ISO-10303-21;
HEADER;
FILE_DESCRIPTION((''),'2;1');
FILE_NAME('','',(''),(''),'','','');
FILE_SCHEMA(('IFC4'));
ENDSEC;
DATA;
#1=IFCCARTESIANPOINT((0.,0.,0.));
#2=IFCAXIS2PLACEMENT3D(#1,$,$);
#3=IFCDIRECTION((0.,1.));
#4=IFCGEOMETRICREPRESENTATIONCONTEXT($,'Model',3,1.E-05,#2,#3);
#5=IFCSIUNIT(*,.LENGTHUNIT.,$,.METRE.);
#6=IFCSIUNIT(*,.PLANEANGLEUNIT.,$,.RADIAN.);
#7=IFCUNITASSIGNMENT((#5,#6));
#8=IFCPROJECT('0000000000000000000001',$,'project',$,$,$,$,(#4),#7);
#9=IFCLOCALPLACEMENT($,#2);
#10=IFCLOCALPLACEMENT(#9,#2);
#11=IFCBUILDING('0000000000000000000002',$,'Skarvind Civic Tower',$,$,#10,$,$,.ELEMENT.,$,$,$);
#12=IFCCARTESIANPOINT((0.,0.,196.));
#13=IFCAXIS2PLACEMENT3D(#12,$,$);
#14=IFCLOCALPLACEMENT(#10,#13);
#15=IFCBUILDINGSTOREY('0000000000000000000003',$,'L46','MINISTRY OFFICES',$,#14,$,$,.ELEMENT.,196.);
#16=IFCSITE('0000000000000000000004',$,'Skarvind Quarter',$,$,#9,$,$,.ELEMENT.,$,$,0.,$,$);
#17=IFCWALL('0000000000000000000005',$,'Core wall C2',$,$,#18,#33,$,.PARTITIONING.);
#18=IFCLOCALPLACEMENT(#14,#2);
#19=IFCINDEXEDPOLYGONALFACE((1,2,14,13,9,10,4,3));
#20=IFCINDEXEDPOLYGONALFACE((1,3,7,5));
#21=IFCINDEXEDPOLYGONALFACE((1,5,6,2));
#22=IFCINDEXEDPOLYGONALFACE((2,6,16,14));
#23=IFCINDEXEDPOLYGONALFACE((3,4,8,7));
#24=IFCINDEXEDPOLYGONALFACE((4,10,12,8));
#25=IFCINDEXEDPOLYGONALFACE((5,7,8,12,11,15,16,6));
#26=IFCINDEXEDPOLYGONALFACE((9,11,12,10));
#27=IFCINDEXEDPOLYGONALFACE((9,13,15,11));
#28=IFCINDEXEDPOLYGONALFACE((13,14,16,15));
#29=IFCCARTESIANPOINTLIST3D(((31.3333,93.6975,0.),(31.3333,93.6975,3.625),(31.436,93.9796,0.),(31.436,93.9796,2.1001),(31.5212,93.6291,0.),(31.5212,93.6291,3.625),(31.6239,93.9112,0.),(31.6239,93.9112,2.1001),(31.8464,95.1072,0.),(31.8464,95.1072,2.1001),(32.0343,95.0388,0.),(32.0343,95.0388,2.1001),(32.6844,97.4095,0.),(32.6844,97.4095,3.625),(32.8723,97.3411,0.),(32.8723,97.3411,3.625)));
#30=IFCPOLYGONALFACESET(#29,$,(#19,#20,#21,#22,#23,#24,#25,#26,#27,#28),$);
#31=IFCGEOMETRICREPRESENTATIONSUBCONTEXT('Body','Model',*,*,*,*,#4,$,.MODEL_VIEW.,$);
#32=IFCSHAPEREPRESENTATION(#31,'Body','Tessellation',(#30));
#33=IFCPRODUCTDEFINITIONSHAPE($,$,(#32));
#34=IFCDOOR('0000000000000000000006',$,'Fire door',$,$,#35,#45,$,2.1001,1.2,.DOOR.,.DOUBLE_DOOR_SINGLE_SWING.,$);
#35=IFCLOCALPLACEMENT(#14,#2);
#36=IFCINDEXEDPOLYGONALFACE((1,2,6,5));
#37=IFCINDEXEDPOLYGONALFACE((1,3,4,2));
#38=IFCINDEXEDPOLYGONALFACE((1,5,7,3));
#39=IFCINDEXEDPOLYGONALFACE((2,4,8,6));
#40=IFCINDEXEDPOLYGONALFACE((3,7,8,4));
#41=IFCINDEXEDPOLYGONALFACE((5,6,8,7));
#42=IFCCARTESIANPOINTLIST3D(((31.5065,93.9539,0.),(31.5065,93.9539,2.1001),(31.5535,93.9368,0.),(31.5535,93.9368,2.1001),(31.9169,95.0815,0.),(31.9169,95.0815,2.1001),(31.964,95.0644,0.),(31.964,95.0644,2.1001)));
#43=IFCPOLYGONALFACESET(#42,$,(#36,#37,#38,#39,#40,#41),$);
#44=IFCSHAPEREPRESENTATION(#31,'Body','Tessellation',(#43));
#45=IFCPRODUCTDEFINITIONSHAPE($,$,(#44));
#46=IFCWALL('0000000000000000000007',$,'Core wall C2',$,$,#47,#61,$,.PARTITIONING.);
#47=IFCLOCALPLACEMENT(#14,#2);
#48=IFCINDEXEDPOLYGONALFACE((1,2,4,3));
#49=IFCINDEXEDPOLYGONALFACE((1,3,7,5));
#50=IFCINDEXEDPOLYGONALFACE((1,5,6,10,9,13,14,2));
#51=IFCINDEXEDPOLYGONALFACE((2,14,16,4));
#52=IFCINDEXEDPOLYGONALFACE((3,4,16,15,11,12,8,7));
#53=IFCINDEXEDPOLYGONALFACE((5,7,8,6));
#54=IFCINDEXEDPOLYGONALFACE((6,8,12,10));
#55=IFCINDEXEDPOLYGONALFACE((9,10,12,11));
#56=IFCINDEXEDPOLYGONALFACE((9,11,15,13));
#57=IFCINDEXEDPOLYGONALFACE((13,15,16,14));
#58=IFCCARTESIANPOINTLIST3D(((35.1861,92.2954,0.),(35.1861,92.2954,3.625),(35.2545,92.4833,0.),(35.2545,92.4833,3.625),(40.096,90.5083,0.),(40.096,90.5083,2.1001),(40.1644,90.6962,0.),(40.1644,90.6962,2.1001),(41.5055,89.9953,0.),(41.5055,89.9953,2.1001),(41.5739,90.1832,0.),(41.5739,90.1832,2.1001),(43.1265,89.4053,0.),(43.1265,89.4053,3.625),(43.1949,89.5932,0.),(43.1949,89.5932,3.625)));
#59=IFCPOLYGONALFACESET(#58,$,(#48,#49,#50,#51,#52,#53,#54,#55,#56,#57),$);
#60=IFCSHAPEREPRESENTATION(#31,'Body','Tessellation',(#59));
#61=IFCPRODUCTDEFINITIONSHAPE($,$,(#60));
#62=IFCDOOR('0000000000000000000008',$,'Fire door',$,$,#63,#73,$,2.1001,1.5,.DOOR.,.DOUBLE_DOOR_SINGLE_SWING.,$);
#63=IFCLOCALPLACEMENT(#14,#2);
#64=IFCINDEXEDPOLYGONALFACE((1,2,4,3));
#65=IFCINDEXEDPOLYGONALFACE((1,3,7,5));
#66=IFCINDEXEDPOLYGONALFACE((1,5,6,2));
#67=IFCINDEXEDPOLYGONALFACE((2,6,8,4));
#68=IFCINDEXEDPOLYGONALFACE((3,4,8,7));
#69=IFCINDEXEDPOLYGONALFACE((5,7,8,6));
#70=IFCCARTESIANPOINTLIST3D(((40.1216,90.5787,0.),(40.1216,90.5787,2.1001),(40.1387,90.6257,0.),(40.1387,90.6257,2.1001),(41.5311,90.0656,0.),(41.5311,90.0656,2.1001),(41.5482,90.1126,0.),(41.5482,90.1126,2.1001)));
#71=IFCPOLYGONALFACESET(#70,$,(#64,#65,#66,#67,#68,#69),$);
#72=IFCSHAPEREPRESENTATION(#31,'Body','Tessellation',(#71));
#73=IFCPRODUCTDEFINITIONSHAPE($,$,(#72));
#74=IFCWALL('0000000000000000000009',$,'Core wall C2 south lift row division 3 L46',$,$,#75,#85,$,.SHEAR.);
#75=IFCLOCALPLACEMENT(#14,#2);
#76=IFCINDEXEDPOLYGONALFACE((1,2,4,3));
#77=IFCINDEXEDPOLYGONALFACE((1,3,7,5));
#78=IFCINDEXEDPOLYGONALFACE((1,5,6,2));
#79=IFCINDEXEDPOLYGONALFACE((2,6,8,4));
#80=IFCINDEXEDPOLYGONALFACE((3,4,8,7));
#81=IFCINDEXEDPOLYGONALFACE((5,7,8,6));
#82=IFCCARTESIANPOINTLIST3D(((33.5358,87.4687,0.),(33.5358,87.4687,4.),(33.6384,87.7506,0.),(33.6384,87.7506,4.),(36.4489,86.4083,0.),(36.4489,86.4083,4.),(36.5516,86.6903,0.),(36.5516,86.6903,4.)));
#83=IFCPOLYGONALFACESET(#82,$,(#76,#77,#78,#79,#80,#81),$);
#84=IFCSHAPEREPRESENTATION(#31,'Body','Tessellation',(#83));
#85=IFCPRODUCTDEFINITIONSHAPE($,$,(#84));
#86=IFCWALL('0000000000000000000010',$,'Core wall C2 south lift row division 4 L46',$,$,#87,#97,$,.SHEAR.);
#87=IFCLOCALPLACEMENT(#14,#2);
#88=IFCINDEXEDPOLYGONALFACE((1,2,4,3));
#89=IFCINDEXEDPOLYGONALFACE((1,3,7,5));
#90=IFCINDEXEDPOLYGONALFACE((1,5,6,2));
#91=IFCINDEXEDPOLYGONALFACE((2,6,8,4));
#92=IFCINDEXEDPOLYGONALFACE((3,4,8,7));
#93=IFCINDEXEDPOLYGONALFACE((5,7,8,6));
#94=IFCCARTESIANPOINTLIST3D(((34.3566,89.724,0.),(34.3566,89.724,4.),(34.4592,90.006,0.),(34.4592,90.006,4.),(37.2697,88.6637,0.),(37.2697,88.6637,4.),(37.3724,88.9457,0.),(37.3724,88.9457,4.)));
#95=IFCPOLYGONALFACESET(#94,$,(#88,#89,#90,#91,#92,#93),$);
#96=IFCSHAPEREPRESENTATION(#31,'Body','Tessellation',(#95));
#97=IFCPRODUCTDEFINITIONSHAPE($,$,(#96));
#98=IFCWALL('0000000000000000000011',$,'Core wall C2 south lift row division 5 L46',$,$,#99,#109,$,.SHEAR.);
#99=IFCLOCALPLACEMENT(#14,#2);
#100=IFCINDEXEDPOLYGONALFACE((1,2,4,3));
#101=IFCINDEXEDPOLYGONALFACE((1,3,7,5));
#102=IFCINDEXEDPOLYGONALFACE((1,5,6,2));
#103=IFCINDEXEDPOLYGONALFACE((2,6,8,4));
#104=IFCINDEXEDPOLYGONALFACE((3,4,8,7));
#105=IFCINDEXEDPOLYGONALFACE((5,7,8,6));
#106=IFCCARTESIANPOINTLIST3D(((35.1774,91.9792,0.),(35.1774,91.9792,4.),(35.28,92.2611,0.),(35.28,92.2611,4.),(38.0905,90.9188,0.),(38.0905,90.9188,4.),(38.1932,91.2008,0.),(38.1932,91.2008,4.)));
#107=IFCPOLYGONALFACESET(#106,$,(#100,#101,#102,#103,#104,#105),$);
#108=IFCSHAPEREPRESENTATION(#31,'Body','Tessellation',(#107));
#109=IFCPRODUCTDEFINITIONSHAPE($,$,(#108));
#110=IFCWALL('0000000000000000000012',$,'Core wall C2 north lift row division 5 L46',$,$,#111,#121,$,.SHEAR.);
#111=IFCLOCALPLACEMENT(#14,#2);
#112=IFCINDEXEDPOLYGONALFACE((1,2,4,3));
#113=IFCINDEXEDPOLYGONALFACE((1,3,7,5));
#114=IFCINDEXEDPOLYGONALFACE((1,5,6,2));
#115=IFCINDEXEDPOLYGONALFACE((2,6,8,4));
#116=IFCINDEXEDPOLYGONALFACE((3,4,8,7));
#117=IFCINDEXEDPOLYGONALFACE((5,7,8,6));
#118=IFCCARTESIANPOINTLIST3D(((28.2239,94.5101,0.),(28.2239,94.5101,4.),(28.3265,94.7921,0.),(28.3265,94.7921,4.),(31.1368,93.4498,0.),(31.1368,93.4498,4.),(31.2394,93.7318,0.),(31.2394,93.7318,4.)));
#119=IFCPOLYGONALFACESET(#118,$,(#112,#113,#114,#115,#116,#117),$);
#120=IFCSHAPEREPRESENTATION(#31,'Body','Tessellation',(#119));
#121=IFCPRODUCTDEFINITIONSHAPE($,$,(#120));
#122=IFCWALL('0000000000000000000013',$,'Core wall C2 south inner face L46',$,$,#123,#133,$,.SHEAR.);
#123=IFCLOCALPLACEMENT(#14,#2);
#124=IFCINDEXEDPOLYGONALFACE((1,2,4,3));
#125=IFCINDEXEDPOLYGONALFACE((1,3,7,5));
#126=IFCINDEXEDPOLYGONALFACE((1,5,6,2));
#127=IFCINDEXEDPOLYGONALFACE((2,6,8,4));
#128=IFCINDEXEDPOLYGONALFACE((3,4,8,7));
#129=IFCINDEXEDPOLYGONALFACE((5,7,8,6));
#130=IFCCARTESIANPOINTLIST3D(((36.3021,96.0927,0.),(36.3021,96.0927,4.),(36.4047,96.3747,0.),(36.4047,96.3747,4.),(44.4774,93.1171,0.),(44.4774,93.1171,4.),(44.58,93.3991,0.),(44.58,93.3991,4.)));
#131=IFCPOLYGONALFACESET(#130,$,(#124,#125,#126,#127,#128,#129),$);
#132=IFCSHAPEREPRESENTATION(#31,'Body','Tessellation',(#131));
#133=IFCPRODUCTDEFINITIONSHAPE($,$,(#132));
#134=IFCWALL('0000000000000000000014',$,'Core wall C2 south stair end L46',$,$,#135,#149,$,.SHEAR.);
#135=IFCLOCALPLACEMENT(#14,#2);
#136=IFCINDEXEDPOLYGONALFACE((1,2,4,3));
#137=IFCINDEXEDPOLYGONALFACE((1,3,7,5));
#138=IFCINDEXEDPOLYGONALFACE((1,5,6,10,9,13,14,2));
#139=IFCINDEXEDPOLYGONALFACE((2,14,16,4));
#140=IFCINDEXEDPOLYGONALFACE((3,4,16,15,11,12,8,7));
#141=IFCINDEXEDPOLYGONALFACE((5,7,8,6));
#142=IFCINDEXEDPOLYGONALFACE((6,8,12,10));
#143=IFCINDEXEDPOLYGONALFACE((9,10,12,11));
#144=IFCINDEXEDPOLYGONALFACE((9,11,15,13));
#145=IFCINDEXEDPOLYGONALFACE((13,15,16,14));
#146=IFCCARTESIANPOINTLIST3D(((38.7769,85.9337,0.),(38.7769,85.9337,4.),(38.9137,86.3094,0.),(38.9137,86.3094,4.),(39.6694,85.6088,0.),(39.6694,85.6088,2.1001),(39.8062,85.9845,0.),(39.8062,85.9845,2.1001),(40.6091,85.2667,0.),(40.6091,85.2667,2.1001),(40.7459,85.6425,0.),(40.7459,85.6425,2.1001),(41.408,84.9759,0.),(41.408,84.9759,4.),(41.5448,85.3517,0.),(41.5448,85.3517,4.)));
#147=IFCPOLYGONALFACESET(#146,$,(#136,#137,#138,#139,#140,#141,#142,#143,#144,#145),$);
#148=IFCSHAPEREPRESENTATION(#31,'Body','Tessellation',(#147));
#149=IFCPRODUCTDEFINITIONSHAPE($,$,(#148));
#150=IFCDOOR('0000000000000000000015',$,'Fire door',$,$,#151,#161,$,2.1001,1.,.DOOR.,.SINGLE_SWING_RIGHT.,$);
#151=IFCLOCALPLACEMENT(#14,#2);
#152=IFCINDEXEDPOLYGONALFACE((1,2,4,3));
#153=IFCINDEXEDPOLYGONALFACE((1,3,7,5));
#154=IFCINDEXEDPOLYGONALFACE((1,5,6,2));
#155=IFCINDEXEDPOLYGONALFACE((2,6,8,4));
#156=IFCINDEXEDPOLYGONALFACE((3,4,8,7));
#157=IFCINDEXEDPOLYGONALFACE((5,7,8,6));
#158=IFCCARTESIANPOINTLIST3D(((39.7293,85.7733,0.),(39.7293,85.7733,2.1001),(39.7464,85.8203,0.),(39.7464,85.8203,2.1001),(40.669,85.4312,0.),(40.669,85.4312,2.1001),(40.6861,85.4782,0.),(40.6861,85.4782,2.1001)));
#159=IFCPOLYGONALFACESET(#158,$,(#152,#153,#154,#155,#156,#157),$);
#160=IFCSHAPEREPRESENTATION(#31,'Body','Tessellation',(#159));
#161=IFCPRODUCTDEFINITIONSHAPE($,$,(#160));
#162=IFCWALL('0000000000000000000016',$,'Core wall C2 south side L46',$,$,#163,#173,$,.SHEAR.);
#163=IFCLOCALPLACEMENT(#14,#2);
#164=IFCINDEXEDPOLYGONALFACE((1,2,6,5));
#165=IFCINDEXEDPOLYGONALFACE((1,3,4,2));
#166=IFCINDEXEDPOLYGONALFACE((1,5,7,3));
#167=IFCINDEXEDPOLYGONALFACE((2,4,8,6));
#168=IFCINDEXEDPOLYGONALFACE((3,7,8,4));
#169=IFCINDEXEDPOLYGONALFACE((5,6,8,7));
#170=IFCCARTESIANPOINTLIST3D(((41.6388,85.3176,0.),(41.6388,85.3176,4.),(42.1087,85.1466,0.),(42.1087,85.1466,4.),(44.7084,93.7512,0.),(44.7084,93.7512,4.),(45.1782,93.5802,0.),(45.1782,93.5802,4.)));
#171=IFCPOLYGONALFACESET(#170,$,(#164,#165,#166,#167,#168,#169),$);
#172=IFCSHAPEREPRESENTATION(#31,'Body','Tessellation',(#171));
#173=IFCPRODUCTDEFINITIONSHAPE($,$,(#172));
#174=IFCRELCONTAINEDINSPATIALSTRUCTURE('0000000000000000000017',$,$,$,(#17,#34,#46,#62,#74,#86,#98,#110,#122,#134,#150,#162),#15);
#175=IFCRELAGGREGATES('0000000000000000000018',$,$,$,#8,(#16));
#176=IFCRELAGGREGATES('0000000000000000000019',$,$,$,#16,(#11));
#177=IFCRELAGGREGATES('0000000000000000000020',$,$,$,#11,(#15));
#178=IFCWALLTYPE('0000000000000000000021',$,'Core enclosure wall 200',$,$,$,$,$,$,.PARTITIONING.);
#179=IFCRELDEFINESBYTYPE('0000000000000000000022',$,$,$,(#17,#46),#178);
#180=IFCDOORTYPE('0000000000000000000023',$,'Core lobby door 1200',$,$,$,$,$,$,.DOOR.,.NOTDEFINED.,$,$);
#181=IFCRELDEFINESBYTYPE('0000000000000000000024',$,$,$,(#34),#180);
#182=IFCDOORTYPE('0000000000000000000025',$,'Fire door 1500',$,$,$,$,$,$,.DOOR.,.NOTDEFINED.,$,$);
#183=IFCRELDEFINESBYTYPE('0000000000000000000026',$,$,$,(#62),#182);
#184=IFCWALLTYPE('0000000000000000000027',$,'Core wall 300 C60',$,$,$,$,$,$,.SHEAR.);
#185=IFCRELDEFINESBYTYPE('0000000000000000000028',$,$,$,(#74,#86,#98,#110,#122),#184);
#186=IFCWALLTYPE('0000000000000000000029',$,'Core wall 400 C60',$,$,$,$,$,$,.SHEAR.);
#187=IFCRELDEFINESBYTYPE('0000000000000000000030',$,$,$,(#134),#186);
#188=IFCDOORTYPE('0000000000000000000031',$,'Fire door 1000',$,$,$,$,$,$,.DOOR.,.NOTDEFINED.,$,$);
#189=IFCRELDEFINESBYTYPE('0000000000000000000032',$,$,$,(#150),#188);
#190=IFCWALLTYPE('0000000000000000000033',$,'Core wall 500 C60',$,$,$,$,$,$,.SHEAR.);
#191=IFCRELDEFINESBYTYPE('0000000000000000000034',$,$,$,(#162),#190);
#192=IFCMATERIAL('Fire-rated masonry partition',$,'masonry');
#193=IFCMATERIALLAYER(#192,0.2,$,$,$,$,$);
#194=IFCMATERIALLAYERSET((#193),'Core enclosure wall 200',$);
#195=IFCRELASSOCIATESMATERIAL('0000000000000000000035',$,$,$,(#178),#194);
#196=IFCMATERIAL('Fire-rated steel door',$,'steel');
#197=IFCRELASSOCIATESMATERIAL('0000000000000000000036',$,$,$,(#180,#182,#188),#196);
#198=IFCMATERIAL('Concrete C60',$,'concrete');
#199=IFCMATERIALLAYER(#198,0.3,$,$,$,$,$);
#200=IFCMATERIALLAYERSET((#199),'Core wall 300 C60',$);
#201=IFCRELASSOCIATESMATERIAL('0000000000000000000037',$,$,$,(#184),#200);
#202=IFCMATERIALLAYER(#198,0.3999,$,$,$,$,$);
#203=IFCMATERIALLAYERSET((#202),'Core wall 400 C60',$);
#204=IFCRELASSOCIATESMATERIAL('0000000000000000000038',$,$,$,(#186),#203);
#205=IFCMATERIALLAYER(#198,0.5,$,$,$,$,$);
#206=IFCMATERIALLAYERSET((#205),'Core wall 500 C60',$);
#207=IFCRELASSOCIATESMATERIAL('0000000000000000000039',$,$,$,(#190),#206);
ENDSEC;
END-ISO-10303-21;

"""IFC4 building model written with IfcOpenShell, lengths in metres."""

from ifc_helpers import new_model, si_unit, direction, frame, frame_2d, origin, place, context, subcontext, project, spatial, rectangle, extrude, material, layer, layer_set, type_object, element, fill, save


model = new_model("IFC4")

# Units and contexts
model_context = context("Model", 3, precision=1e-05, world=origin(), true_north=direction((0.0, 1.0)))
body_context = subcontext(model_context, "Body", "Model", "MODEL_VIEW")
ifc_project = project(units=[si_unit("LENGTHUNIT", "METRE"), si_unit("PLANEANGLEUNIT", "RADIAN")], contexts=[model_context])

# Site, building, storey
site_placement = place(None, origin())
site = spatial("IfcSite", under=ifc_project, at=site_placement, Name="Skarvind Quarter", CompositionType="ELEMENT", RefElevation=0.0)
building_placement = place(site_placement, origin())
building = spatial("IfcBuilding", under=site, at=building_placement, Name="Skarvind Civic Tower", CompositionType="ELEMENT")
storey_placement = place(building_placement, frame((0.0, 0.0, 196.0)))
storey = spatial("IfcBuildingStorey", under=building, at=storey_placement, Name="L46", Description="MINISTRY OFFICES", CompositionType="ELEMENT", Elevation=196.0)

# Walls, openings, doors
ifc_material_1 = material(Name="Fire-rated masonry partition", Category="masonry")
ifc_layer_1 = layer(ifc_material_1, 0.2)
ifc_layer_set_1 = layer_set([ifc_layer_1], Name="Core enclosure wall 200")
wall_type_1 = type_object("IfcWallType", Name="Core enclosure wall 200", PredefinedType="PARTITIONING", material=ifc_layer_set_1)
wall_1_placement = place(storey_placement, frame((31.4272, 93.6633, 0.0), z_axis=(0.0, 0.0, 1.0), x_axis=(0.342031, 0.939689, 0.0)))
wall_1 = element("IfcWall", 1, at=wall_1_placement, inside=storey, type_object=wall_type_1, Name="Core wall C2", PredefinedType="PARTITIONING", context=body_context, shape_type="SweptSolid", body=[
    extrude(rectangle(XDim=3.9502, YDim=0.2, at=frame_2d((1.9751, 0.0))), origin(), (0.0, 0.0, 1.0), 3.625),
])
opening_1_placement = place(wall_1_placement, frame((0.3, 0.0, 0.0)))
opening_1 = element("IfcOpeningElement", 2, at=opening_1_placement, cuts=wall_1, PredefinedType="OPENING", context=body_context, shape_type="SweptSolid", body=[
    extrude(rectangle(XDim=1.2, YDim=2.1001, at=frame_2d((0.6001, 1.05))), frame((0.0, 0.1099, 0.0), z_axis=(0.0, -1.0, 0.0), x_axis=(1.0, 0.0, 0.0)), (0.0, 0.0, 1.0), 0.22),
])
ifc_material_2 = material(Name="Fire-rated steel door", Category="steel")
door_type_1 = type_object("IfcDoorType", Name="Core lobby door 1200", OperationType="NOTDEFINED", PredefinedType="DOOR", material=ifc_material_2)
door_1_placement = place(opening_1_placement, origin())
door_1 = element("IfcDoor", 3, at=door_1_placement, inside=storey, type_object=door_type_1, Name="Fire door", OperationType="DOUBLE_DOOR_SINGLE_SWING", OverallHeight=2.1001, OverallWidth=1.2, PredefinedType="DOOR", context=body_context, shape_type="SweptSolid", body=[
    extrude(rectangle(XDim=1.2, YDim=2.1001, at=frame_2d((0.6001, 1.05))), frame((0.0, 0.0249, 0.0), z_axis=(0.0, -1.0, 0.0), x_axis=(1.0, 0.0, 0.0)), (0.0, 0.0, 1.0), 0.05),
])
fill(opening_1, door_1)
wall_2_placement = place(storey_placement, frame((35.2202, 92.3894, 0.0), z_axis=(0.0, 0.0, 1.0), x_axis=(0.93969, -0.342026, 0.0)))
wall_2 = element("IfcWall", 4, at=wall_2_placement, inside=storey, type_object=wall_type_1, Name="Core wall C2", PredefinedType="PARTITIONING", context=body_context, shape_type="SweptSolid", body=[
    extrude(rectangle(XDim=8.45, YDim=0.2, at=frame_2d((4.2251, 0.0))), origin(), (0.0, 0.0, 1.0), 3.625),
])
opening_2_placement = place(wall_2_placement, frame((5.2251, 0.0, 0.0)))
opening_2 = element("IfcOpeningElement", 5, at=opening_2_placement, cuts=wall_2, PredefinedType="OPENING", context=body_context, shape_type="SweptSolid", body=[
    extrude(rectangle(XDim=1.5, YDim=2.1001, at=frame_2d((0.75, 1.05))), frame((0.0, 0.1099, 0.0), z_axis=(0.0, -1.0, 0.0), x_axis=(1.0, 0.0, 0.0)), (0.0, 0.0, 1.0), 0.22),
])
door_type_2 = type_object("IfcDoorType", Name="Fire door 1500", OperationType="NOTDEFINED", PredefinedType="DOOR", material=ifc_material_2)
door_2_placement = place(opening_2_placement, origin())
door_2 = element("IfcDoor", 6, at=door_2_placement, inside=storey, type_object=door_type_2, Name="Fire door", OperationType="DOUBLE_DOOR_SINGLE_SWING", OverallHeight=2.1001, OverallWidth=1.5, PredefinedType="DOOR", context=body_context, shape_type="SweptSolid", body=[
    extrude(rectangle(XDim=1.5, YDim=2.1001, at=frame_2d((0.75, 1.05))), frame((0.0, 0.0249, 0.0), z_axis=(0.0, -1.0, 0.0), x_axis=(1.0, 0.0, 0.0)), (0.0, 0.0, 1.0), 0.05),
])
fill(opening_2, door_2)

# Walls
ifc_material_3 = material(Name="Concrete C60", Category="concrete")
ifc_layer_2 = layer(ifc_material_3, 0.3)
ifc_layer_set_2 = layer_set([ifc_layer_2], Name="Core wall 300 C60")
wall_type_2 = type_object("IfcWallType", Name="Core wall 300 C60", PredefinedType="SHEAR", material=ifc_layer_set_2)
for number, where, z_axis, x_axis, name in (
    (7, (36.5002, 86.5493, 0.0), (0.0, 0.0, 1.0), (-0.93969, 0.342028, 0.0), "Core wall C2 south lift row division 3 L46"),
    (8, (37.321, 88.8047, 0.0), (0.0, 0.0, 1.0), (-0.93969, 0.342028, 0.0), "Core wall C2 south lift row division 4 L46"),
    (9, (38.1418, 91.0598, 0.0), (0.0, 0.0, 1.0), (-0.93969, 0.342028, 0.0), "Core wall C2 south lift row division 5 L46"),
):
    element("IfcWall", number, at=place(storey_placement, frame(where, z_axis=z_axis, x_axis=x_axis)), inside=storey, type_object=wall_type_2, Name=name, PredefinedType="SHEAR", context=body_context, shape_type="SweptSolid", body=[
        extrude(rectangle(XDim=3.1001, YDim=0.3, at=frame_2d((1.55, 0.0))), origin(), (0.0, 0.0, 1.0), 4.0),
    ])
wall_3_placement = place(storey_placement, frame((31.188, 93.5908, 0.0), z_axis=(0.0, 0.0, 1.0), x_axis=(-0.939681, 0.342053, 0.0)))
element("IfcWall", 10, at=wall_3_placement, inside=storey, type_object=wall_type_2, Name="Core wall C2 north lift row division 5 L46", PredefinedType="SHEAR", context=body_context, shape_type="SweptSolid", body=[
    extrude(rectangle(XDim=3.0999, YDim=0.3, at=frame_2d((1.5498, 0.0))), origin(), (0.0, 0.0, 1.0), 4.0),
])
wall_4_placement = place(storey_placement, frame((44.5288, 93.2581, 0.0), z_axis=(0.0, 0.0, 1.0), x_axis=(-0.939692, 0.342022, 0.0)))
element("IfcWall", 11, at=wall_4_placement, inside=storey, type_object=wall_type_2, Name="Core wall C2 south inner face L46", PredefinedType="SHEAR", context=body_context, shape_type="SweptSolid", body=[
    extrude(rectangle(XDim=8.7, YDim=0.3, at=frame_2d((4.3501, 0.0))), origin(), (0.0, 0.0, 1.0), 4.0),
])

# Wall, opening, door
ifc_layer_3 = layer(ifc_material_3, 0.3999)
ifc_layer_set_3 = layer_set([ifc_layer_3], Name="Core wall 400 C60")
wall_type_3 = type_object("IfcWallType", Name="Core wall 400 C60", PredefinedType="SHEAR", material=ifc_layer_set_3)
wall_5_placement = place(storey_placement, frame((41.4763, 85.1638, 0.0), z_axis=(0.0, 0.0, 1.0), x_axis=(-0.939679, 0.342058, 0.0)))
wall_5 = element("IfcWall", 12, at=wall_5_placement, inside=storey, type_object=wall_type_3, Name="Core wall C2 south stair end L46", PredefinedType="SHEAR", context=body_context, shape_type="SweptSolid", body=[
    extrude(rectangle(XDim=2.8, YDim=0.3999, at=frame_2d((1.3999, 0.0))), origin(), (0.0, 0.0, 1.0), 4.0),
])
opening_3_placement = place(wall_5_placement, frame((0.8501, 0.0, 0.0)))
opening_3 = element("IfcOpeningElement", 13, at=opening_3_placement, cuts=wall_5, PredefinedType="OPENING", context=body_context, shape_type="SweptSolid", body=[
    extrude(rectangle(XDim=1.0, YDim=2.1001, at=frame_2d((0.5, 1.05))), frame((0.0, 0.21, 0.0), z_axis=(0.0, -1.0, 0.0), x_axis=(1.0, 0.0, 0.0)), (0.0, 0.0, 1.0), 0.4199),
])
door_type_3 = type_object("IfcDoorType", Name="Fire door 1000", OperationType="NOTDEFINED", PredefinedType="DOOR", material=ifc_material_2)
door_3_placement = place(opening_3_placement, origin())
door_3 = element("IfcDoor", 14, at=door_3_placement, inside=storey, type_object=door_type_3, Name="Fire door", OperationType="SINGLE_SWING_RIGHT", OverallHeight=2.1001, OverallWidth=1.0, PredefinedType="DOOR", context=body_context, shape_type="SweptSolid", body=[
    extrude(rectangle(XDim=1.0, YDim=2.1001, at=frame_2d((0.5, 1.05))), frame((0.0, 0.0249, 0.0), z_axis=(0.0, -1.0, 0.0), x_axis=(1.0, 0.0, 0.0)), (0.0, 0.0, 1.0), 0.05),
])
fill(opening_3, door_3)

# Wall
ifc_layer_4 = layer(ifc_material_3, 0.5)
ifc_layer_set_4 = layer_set([ifc_layer_4], Name="Core wall 500 C60")
wall_type_4 = type_object("IfcWallType", Name="Core wall 500 C60", PredefinedType="SHEAR", material=ifc_layer_set_4)
wall_6_placement = place(storey_placement, frame((41.8738, 85.2322, 0.0), z_axis=(0.0, 0.0, 1.0), x_axis=(0.34202, 0.939693, 0.0)))
element("IfcWall", 15, at=wall_6_placement, inside=storey, type_object=wall_type_4, Name="Core wall C2 south side L46", PredefinedType="SHEAR", context=body_context, shape_type="SweptSolid", body=[
    extrude(rectangle(XDim=8.9749, YDim=0.5, at=frame_2d((4.4873, 0.0))), origin(), (0.0, 0.0, 1.0), 4.0),
])

save(model, "model.ifc")
